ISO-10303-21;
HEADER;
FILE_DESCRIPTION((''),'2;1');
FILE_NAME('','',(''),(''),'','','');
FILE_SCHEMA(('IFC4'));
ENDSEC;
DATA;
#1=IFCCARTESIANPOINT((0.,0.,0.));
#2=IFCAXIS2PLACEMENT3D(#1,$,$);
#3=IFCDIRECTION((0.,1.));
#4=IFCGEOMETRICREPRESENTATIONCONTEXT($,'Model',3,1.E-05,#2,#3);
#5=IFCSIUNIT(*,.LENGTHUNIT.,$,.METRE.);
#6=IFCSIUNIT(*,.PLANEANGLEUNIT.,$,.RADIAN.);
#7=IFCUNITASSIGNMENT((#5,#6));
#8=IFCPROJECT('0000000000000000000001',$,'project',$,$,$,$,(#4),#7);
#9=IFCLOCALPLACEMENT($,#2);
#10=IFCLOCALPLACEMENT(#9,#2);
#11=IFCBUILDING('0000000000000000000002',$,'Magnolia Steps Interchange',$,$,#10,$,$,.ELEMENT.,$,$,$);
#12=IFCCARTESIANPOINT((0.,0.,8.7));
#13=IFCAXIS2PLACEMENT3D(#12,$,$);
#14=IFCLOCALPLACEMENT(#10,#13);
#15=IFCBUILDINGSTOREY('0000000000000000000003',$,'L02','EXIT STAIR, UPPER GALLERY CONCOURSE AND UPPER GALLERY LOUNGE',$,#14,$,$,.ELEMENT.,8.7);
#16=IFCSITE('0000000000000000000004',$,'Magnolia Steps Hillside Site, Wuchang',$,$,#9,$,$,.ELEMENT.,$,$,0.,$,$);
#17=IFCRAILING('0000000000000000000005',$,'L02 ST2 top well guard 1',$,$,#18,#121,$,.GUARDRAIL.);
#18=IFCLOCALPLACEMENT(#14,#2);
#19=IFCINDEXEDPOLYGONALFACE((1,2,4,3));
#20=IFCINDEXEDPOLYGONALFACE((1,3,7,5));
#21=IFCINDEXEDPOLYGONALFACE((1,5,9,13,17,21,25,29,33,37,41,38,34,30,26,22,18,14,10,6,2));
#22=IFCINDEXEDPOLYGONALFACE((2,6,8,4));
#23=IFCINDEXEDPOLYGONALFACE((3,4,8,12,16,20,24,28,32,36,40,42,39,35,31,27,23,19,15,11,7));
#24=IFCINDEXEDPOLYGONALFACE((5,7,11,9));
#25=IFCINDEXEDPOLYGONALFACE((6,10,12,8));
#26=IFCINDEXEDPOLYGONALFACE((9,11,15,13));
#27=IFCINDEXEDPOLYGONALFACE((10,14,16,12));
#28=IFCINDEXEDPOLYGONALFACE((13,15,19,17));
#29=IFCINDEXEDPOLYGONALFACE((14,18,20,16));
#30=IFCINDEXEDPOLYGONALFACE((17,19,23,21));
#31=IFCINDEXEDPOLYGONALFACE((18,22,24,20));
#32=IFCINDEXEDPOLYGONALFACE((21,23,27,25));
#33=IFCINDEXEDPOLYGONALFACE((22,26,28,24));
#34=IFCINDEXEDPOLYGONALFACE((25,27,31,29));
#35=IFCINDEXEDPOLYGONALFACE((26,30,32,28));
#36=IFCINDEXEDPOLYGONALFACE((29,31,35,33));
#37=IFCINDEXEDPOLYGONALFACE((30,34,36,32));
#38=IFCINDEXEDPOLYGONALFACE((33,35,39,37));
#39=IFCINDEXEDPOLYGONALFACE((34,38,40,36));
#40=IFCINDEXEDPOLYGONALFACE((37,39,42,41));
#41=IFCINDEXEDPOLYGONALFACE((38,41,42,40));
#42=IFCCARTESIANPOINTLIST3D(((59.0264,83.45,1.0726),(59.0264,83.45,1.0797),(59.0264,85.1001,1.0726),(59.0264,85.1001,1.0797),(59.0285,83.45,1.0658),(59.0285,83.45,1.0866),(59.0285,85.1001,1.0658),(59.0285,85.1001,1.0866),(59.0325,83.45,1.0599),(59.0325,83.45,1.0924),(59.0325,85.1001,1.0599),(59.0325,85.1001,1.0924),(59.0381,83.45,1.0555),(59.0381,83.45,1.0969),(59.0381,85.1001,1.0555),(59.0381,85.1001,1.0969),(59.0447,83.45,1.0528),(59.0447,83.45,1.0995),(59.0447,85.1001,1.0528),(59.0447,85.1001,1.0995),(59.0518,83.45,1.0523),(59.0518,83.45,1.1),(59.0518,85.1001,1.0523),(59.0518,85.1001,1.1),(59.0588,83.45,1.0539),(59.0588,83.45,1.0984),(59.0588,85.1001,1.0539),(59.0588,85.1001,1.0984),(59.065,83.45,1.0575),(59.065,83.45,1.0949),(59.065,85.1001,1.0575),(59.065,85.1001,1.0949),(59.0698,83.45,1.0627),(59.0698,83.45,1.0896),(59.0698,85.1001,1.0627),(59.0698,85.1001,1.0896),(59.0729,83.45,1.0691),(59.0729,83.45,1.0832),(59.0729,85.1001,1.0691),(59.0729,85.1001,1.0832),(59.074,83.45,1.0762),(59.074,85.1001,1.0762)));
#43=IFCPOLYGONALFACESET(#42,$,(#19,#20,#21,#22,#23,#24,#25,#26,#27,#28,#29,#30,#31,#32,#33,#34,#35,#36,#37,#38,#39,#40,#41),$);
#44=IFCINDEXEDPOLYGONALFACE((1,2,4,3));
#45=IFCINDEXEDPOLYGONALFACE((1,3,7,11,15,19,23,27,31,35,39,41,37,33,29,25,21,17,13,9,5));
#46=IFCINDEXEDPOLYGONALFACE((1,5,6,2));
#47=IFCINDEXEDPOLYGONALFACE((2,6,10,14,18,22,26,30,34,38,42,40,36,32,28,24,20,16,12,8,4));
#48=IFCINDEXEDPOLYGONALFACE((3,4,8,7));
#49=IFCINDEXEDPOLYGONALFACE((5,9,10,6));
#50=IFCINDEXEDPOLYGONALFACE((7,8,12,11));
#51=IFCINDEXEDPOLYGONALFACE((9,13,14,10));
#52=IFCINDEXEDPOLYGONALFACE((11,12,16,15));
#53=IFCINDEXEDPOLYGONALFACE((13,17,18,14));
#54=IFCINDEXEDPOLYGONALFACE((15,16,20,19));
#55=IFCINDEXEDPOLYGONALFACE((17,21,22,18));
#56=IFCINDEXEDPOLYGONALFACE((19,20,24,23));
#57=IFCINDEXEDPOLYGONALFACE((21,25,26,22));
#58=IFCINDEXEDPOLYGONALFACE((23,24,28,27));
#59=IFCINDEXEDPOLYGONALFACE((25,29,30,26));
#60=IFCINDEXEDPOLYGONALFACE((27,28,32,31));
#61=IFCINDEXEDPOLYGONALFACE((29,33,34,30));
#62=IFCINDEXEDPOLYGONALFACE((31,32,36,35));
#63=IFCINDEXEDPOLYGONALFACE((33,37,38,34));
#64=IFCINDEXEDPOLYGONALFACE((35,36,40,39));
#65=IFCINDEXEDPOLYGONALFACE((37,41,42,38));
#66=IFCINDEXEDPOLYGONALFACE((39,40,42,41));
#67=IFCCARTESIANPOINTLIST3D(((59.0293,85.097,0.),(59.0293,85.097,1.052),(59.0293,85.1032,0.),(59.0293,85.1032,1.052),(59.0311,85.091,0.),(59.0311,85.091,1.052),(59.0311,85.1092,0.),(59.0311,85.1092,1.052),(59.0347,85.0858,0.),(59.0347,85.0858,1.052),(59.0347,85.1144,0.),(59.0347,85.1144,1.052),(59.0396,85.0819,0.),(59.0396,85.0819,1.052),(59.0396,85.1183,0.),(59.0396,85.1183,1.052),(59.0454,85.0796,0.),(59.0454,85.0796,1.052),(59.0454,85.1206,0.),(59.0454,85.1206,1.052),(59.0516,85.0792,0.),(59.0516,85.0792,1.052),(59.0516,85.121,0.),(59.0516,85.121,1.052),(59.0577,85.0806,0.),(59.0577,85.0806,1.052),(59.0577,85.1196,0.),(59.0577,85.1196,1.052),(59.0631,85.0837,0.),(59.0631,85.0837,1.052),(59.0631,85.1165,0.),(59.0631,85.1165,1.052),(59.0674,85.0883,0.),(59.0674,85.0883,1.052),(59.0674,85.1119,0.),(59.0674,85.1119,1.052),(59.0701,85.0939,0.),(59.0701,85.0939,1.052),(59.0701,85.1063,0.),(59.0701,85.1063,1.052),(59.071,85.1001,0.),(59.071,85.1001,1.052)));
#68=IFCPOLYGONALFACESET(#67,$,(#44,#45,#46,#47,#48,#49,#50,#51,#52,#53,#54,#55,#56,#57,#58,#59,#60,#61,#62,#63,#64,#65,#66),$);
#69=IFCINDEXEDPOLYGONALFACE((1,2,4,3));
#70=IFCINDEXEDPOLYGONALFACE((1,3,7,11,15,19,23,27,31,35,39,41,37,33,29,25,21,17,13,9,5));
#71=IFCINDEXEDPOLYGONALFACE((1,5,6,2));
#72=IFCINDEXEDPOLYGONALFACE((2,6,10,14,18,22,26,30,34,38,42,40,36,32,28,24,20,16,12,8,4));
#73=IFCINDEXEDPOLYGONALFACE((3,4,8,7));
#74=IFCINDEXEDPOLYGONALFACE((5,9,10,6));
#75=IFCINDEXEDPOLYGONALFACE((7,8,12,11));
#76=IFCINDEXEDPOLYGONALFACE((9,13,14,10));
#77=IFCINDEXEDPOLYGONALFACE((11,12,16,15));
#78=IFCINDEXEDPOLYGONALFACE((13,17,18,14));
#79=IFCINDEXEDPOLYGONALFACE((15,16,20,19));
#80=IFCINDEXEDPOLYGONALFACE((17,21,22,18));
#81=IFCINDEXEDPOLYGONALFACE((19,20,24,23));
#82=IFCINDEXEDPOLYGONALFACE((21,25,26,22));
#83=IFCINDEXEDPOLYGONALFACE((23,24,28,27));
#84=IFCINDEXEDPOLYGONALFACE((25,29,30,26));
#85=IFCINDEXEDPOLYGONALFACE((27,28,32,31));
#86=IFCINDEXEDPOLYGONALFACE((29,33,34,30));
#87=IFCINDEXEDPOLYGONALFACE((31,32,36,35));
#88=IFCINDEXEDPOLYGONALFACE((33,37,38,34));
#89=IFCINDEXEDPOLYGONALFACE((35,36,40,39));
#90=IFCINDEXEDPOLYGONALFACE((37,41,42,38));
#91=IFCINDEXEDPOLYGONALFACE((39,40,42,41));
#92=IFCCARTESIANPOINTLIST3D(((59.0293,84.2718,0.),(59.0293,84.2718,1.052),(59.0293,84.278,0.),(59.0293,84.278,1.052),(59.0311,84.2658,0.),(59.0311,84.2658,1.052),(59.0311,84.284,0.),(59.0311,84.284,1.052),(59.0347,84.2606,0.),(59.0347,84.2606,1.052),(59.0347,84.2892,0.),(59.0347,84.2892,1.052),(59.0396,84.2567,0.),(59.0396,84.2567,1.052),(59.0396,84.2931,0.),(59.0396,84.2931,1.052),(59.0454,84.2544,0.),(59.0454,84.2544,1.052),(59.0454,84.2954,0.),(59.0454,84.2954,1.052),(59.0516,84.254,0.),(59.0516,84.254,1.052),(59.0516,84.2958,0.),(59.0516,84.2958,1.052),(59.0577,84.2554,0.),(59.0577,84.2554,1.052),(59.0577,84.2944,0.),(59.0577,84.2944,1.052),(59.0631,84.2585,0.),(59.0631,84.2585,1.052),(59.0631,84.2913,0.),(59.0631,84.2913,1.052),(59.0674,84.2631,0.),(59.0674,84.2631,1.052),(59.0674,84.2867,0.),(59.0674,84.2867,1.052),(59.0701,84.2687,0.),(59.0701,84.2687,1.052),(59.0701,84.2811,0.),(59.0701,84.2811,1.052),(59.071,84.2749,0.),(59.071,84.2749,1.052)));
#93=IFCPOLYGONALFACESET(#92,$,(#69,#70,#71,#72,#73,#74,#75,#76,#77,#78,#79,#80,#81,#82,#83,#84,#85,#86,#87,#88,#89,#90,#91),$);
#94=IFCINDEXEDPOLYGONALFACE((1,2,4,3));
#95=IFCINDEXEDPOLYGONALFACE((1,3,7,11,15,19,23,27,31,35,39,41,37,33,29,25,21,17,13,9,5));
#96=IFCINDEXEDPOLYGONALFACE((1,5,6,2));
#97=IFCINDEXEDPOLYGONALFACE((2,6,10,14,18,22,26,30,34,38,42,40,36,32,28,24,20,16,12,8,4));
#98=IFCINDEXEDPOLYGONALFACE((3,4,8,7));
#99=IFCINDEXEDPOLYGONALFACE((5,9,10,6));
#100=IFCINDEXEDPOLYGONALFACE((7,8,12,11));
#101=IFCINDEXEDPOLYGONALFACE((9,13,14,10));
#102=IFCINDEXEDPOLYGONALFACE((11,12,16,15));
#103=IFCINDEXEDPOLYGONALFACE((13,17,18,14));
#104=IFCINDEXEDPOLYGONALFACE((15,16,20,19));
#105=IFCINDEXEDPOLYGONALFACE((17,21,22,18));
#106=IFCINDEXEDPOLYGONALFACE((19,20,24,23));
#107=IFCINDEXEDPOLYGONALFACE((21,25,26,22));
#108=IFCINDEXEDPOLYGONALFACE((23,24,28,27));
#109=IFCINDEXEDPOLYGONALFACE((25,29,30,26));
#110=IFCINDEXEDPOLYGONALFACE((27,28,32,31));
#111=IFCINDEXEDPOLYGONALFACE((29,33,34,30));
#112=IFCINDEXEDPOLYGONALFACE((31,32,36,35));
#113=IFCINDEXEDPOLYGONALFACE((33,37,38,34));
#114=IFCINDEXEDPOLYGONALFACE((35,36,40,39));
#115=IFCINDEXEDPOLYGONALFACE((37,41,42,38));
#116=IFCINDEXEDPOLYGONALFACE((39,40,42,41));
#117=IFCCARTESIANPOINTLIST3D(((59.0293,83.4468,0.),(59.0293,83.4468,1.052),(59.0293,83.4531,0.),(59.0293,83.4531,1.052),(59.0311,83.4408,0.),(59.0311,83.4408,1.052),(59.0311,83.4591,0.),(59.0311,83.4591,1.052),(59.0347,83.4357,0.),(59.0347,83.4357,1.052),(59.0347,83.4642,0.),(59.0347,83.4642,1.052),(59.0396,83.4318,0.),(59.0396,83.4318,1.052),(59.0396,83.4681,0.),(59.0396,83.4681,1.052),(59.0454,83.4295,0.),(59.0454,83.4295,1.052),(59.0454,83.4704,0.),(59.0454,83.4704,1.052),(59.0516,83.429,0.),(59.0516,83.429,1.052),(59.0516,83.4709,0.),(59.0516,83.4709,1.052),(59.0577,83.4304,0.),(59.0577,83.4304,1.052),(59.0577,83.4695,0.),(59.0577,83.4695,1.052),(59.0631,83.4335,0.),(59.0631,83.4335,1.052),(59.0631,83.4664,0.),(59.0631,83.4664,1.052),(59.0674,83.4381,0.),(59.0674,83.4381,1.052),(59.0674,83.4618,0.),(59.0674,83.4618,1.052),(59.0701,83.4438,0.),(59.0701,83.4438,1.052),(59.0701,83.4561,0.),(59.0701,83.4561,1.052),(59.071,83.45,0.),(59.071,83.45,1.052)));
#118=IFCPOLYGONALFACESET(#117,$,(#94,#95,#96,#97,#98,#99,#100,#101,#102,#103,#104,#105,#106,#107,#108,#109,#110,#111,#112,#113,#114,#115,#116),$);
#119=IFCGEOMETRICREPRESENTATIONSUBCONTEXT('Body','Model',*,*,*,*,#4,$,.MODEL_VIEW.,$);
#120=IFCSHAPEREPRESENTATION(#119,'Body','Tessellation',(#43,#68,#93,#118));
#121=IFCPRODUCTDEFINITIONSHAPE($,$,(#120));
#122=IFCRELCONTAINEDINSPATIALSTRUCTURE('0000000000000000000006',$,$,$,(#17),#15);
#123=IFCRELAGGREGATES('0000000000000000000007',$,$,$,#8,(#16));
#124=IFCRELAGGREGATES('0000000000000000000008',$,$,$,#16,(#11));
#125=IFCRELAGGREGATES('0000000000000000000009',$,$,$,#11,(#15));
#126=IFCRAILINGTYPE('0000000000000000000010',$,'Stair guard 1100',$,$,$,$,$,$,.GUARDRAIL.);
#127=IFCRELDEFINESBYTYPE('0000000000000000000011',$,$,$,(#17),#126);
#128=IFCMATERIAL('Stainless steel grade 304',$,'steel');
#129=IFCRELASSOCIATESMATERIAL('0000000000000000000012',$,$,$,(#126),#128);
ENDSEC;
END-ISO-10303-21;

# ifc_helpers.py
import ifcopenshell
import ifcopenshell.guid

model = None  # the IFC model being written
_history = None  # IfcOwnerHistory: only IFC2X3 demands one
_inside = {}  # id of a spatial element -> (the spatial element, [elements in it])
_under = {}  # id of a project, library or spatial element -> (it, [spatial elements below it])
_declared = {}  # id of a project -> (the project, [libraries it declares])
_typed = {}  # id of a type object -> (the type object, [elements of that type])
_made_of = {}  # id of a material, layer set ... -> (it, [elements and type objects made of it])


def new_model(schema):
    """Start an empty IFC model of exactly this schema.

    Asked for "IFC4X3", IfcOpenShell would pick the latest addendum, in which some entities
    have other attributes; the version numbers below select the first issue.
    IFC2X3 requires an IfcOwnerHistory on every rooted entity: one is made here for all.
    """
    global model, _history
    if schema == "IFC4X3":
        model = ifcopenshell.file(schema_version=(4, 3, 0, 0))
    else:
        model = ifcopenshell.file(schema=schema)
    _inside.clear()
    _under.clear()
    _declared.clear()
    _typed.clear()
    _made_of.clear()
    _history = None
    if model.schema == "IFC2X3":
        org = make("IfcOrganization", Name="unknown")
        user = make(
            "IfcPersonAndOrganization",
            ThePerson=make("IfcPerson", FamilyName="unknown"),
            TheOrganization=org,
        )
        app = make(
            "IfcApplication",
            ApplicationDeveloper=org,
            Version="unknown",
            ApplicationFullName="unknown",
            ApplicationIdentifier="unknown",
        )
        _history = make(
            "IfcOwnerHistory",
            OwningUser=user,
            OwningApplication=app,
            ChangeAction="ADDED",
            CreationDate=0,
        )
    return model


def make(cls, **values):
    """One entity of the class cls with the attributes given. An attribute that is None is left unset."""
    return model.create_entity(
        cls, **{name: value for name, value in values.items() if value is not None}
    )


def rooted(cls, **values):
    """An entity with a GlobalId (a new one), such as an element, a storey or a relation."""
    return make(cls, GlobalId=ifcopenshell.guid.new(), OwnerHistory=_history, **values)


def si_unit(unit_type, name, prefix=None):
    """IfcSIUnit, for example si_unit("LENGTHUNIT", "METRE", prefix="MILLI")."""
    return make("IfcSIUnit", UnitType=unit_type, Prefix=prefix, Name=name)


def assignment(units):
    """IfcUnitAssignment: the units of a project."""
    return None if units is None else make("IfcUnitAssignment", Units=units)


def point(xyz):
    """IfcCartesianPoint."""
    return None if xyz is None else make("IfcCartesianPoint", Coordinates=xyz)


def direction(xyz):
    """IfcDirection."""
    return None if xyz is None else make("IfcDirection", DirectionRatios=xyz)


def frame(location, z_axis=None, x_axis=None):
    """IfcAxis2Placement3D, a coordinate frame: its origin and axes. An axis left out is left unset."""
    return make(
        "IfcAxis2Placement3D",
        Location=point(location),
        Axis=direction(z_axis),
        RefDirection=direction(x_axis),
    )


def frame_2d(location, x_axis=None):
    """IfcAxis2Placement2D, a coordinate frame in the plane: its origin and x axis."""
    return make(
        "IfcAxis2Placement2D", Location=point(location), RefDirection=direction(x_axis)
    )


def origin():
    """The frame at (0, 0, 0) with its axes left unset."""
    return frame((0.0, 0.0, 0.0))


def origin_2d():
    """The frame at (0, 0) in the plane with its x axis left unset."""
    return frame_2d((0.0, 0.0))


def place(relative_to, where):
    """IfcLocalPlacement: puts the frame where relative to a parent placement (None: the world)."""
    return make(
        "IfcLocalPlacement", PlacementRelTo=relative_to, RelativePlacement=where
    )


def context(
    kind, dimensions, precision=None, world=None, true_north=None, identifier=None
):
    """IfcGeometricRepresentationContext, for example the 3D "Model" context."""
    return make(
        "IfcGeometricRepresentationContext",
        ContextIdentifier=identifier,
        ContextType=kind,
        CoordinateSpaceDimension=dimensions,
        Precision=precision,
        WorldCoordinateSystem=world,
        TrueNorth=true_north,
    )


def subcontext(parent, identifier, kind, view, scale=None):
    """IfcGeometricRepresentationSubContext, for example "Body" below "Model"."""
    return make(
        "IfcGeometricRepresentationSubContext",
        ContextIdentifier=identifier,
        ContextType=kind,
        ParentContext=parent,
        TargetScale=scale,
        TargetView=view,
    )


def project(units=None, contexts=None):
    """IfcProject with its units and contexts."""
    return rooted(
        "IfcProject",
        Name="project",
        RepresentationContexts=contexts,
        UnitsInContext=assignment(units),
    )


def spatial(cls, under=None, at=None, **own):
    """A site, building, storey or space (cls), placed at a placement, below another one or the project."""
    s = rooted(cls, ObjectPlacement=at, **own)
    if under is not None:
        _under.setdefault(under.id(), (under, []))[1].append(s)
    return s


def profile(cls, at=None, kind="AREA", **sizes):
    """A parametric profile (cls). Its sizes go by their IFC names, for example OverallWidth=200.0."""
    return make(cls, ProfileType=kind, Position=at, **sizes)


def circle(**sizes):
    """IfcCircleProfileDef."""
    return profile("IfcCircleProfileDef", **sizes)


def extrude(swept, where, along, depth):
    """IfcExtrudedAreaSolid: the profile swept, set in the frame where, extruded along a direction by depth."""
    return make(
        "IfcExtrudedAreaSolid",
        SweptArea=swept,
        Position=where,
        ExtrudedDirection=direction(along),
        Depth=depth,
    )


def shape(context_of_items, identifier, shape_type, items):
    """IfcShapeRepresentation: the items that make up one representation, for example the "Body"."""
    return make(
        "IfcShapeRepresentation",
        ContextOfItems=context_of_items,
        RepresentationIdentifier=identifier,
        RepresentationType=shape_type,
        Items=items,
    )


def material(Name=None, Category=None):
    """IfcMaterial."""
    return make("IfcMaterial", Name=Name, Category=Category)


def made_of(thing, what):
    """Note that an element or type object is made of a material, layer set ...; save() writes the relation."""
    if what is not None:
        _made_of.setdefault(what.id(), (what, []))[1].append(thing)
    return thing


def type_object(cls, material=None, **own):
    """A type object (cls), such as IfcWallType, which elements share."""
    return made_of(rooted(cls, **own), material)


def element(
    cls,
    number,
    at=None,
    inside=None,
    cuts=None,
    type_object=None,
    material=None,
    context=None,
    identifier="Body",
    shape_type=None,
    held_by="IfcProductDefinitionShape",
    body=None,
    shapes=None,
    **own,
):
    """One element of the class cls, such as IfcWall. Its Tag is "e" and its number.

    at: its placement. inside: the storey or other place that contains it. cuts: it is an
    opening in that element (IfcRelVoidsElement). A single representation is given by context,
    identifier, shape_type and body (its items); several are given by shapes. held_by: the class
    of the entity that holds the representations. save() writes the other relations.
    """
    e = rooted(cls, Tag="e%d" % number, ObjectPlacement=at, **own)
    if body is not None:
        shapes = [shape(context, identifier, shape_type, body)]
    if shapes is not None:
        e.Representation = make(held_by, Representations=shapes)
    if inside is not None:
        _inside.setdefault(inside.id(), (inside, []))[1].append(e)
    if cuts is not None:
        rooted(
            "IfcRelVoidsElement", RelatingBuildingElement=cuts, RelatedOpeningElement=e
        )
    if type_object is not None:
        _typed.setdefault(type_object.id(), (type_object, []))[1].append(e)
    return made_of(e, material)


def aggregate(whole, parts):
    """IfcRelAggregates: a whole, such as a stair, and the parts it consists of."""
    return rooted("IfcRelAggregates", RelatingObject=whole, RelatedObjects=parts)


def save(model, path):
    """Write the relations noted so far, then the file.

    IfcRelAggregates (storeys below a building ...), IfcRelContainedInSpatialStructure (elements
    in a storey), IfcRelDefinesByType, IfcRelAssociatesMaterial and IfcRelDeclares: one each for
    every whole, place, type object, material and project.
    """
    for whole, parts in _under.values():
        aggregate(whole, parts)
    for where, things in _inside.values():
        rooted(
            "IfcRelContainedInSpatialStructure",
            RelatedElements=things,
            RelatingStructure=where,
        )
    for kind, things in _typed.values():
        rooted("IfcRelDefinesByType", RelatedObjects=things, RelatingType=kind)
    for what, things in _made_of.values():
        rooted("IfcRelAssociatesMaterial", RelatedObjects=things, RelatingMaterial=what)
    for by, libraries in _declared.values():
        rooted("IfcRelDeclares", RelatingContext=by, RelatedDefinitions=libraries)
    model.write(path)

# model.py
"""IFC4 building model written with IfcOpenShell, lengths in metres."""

from ifc_helpers import new_model, si_unit, direction, frame, origin, origin_2d, place, context, subcontext, project, spatial, circle, extrude, material, type_object, element, save


model = new_model("IFC4")

# Units and contexts
model_context = context("Model", 3, precision=1e-05, world=origin(), true_north=direction((0.0, 1.0)))
body_context = subcontext(model_context, "Body", "Model", "MODEL_VIEW")
ifc_project = project(units=[si_unit("LENGTHUNIT", "METRE"), si_unit("PLANEANGLEUNIT", "RADIAN")], contexts=[model_context])

# Site, building, storey
site_placement = place(None, origin())
site = spatial("IfcSite", under=ifc_project, at=site_placement, Name="Magnolia Steps Hillside Site, Wuchang", CompositionType="ELEMENT", RefElevation=0.0)
building_placement = place(site_placement, origin())
building = spatial("IfcBuilding", under=site, at=building_placement, Name="Magnolia Steps Interchange", CompositionType="ELEMENT")
storey_placement = place(building_placement, frame((0.0, 0.0, 8.7)))
storey = spatial("IfcBuildingStorey", under=building, at=storey_placement, Name="L02", Description="EXIT STAIR, UPPER GALLERY CONCOURSE AND UPPER GALLERY LOUNGE", CompositionType="ELEMENT", Elevation=8.7)

# Railing
ifc_material_1 = material(Name="Stainless steel grade 304", Category="steel")
railing_type = type_object("IfcRailingType", Name="Stair guard 1100", PredefinedType="GUARDRAIL", material=ifc_material_1)
railing_1_placement = place(storey_placement, frame((59.05, 85.1001, 0.0)))
element("IfcRailing", 1, at=railing_1_placement, inside=storey, type_object=railing_type, Name="L02 ST2 top well guard 1", PredefinedType="GUARDRAIL", context=body_context, shape_type="SweptSolid", body=[
    extrude(circle(Radius=0.0239, at=origin_2d()), frame((0.0, 0.0, 1.0762), z_axis=(0.0, -1.0, 0.0), x_axis=(1.0, 0.0, 0.0)), (0.0, 0.0, 1.0), 1.6501),
    extrude(circle(Radius=0.021, at=origin_2d()), origin(), (0.0, 0.0, 1.0), 1.052),
    extrude(circle(Radius=0.021, at=origin_2d()), frame((0.0, -0.8252, 0.0)), (0.0, 0.0, 1.0), 1.052),
    extrude(circle(Radius=0.021, at=origin_2d()), frame((0.0, -1.6501, 0.0)), (0.0, 0.0, 1.0), 1.052),
])

save(model, "model.ifc")
